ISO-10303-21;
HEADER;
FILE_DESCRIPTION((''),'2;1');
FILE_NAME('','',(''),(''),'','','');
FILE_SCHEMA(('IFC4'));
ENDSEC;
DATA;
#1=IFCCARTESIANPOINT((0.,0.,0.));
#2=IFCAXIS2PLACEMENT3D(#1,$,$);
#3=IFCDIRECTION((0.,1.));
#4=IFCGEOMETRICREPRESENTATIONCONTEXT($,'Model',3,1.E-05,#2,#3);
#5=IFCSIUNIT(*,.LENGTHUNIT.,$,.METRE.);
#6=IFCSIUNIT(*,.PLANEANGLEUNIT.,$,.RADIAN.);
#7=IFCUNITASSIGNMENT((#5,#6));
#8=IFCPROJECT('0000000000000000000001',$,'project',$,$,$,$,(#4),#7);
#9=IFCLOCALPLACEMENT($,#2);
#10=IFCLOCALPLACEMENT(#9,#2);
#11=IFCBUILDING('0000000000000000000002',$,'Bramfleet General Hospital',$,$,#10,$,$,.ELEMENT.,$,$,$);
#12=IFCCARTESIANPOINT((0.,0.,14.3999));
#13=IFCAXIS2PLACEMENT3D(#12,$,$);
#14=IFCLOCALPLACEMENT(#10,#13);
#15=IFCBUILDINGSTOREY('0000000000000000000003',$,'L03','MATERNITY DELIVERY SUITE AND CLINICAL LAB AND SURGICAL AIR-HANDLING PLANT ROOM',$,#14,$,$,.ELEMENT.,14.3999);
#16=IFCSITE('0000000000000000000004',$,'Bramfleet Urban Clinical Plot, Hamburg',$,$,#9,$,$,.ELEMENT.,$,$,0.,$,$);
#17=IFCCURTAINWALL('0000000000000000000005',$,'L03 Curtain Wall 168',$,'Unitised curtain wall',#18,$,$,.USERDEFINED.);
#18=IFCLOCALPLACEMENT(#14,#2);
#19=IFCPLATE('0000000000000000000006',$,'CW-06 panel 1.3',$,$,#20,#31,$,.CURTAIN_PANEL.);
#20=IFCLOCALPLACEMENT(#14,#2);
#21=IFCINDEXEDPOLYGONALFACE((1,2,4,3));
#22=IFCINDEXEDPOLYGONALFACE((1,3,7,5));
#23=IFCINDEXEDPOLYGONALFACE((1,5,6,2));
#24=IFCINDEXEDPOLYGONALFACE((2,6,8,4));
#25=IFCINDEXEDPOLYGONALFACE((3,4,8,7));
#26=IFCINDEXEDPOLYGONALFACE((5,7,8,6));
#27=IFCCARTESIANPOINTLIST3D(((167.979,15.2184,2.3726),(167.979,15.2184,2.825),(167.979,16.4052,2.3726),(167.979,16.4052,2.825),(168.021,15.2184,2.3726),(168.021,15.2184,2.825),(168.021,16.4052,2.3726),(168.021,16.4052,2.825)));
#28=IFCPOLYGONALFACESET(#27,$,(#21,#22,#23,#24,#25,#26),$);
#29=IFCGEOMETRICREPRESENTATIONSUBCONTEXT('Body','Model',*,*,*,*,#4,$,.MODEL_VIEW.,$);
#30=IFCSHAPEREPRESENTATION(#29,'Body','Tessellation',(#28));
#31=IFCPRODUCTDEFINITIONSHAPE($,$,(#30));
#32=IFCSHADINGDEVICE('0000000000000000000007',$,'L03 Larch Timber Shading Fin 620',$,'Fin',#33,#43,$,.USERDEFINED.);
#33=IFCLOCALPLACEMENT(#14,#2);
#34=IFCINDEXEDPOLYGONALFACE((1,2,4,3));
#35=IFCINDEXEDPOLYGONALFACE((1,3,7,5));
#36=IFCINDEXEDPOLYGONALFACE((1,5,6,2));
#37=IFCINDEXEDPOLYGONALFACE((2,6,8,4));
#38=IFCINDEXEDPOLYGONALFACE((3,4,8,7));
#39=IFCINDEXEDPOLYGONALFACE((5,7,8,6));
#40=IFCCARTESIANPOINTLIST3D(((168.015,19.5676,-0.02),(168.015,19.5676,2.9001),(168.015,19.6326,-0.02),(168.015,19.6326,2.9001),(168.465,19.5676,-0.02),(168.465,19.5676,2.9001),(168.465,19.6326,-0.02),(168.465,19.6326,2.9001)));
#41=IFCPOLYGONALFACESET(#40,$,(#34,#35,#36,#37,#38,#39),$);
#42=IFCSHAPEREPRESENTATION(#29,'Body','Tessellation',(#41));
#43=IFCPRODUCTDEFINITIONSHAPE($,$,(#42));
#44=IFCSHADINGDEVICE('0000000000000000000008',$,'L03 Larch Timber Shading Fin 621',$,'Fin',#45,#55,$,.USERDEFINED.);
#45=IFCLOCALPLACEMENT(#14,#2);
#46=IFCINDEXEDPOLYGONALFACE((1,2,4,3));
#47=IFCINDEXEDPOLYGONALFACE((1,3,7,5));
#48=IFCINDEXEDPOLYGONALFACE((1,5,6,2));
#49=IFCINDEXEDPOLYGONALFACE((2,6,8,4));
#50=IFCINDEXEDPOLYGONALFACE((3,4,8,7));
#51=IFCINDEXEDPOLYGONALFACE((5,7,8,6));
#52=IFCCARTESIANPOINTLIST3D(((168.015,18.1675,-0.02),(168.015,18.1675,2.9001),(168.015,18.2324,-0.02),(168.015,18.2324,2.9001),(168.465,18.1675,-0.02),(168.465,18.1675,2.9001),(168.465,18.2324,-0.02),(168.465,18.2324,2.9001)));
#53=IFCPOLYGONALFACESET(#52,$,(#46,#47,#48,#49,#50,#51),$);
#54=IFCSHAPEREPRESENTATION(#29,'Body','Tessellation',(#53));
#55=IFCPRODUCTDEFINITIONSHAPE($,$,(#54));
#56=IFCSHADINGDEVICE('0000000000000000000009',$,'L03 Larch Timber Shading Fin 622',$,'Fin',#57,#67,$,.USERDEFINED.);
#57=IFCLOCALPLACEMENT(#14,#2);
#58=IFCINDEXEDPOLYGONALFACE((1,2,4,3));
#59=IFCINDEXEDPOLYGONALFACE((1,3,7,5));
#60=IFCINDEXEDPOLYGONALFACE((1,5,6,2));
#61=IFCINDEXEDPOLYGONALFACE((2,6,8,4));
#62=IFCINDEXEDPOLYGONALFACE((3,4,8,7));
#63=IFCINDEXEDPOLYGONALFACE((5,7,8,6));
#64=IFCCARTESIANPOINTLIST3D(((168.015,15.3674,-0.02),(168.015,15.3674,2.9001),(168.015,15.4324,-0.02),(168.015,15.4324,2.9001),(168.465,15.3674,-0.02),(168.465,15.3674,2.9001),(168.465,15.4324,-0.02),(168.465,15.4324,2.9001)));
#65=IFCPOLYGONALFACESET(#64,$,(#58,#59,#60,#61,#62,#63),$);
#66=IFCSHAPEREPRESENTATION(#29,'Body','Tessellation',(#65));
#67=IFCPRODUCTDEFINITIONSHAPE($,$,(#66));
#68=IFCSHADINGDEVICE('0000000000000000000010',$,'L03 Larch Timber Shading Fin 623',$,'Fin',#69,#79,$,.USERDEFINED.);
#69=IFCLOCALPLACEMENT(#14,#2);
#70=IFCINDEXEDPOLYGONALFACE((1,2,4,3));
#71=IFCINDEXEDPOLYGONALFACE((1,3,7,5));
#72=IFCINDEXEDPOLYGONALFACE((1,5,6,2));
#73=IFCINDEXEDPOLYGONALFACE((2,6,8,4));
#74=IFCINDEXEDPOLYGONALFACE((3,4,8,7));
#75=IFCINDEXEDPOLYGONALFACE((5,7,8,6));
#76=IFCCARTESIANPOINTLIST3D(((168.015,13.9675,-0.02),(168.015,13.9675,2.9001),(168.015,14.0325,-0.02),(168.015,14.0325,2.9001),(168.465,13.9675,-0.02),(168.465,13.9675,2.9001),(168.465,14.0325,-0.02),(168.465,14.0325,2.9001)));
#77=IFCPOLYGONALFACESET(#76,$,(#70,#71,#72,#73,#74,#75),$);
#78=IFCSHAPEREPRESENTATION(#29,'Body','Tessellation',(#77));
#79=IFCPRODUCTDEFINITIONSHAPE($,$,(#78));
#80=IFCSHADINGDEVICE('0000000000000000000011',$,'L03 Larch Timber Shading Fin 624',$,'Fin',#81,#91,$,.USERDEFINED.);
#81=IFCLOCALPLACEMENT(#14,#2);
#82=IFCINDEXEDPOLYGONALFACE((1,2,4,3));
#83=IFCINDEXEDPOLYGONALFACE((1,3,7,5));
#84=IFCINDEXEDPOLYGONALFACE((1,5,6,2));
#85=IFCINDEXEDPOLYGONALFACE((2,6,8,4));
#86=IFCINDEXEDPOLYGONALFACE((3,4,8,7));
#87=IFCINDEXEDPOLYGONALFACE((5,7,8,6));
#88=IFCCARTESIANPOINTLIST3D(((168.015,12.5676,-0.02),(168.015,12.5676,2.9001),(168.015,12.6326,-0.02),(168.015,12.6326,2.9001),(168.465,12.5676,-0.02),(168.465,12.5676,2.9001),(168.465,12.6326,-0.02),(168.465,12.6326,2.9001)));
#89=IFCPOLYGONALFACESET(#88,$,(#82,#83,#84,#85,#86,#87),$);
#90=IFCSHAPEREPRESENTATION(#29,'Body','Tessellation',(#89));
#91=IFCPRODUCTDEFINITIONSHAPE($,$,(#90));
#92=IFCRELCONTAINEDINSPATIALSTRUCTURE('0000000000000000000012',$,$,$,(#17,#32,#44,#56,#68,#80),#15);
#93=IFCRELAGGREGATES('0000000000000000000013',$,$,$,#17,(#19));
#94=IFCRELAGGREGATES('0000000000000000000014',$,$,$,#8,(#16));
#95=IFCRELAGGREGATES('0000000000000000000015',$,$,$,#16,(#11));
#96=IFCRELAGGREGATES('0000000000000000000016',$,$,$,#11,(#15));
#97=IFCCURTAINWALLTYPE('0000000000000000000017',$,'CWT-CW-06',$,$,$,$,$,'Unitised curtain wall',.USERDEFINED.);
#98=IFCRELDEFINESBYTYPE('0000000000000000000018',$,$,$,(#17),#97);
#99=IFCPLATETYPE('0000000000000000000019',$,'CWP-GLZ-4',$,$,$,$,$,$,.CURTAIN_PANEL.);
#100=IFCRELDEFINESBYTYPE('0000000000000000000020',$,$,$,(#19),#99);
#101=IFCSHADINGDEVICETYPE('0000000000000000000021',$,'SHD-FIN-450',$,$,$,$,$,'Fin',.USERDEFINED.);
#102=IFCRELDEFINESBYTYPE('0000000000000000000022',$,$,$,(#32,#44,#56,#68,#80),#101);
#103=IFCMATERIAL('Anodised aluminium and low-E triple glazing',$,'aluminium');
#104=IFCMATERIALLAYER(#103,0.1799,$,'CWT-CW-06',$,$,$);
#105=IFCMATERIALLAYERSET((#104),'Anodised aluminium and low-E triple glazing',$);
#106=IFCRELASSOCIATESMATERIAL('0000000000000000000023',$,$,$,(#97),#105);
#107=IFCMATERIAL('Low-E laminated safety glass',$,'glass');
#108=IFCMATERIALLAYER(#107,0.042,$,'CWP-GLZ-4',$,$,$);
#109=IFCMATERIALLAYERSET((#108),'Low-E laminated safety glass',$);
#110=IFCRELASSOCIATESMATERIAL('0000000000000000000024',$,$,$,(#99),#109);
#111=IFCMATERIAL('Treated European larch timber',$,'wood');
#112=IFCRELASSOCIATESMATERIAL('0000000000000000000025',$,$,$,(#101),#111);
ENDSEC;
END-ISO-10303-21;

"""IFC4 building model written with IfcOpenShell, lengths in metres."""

from ifc_helpers import new_model, si_unit, direction, frame, origin, origin_2d, place, context, subcontext, project, spatial, rectangle, extrude, material, layer, layer_set, material_profile, profile_set, type_object, element, aggregate, save


model = new_model("IFC4")

# Units and contexts
model_context = context("Model", 3, precision=1e-05, world=origin(), true_north=direction((0.0, 1.0)))
body_context = subcontext(model_context, "Body", "Model", "MODEL_VIEW")
ifc_project = project(units=[si_unit("LENGTHUNIT", "METRE"), si_unit("PLANEANGLEUNIT", "RADIAN")], contexts=[model_context])

# Site, building, storey
site_placement = place(None, origin())
site = spatial("IfcSite", under=ifc_project, at=site_placement, Name="Bramfleet Urban Clinical Plot, Hamburg", CompositionType="ELEMENT", RefElevation=0.0)
building_placement = place(site_placement, origin())
building = spatial("IfcBuilding", under=site, at=building_placement, Name="Bramfleet General Hospital", CompositionType="ELEMENT")
storey_placement = place(building_placement, frame((0.0, 0.0, 14.3999)))
storey = spatial("IfcBuildingStorey", under=building, at=storey_placement, Name="L03", Description="MATERNITY DELIVERY SUITE AND CLINICAL LAB AND SURGICAL AIR-HANDLING PLANT ROOM", CompositionType="ELEMENT", Elevation=14.3999)

# Curtain wall
ifc_material_1 = material(Name="Anodised aluminium and low-E triple glazing", Category="aluminium")
ifc_layer_1 = layer(ifc_material_1, 0.1799, Name="CWT-CW-06")
ifc_layer_set_1 = layer_set([ifc_layer_1], Name="Anodised aluminium and low-E triple glazing")
curtain_wall_type_1 = type_object("IfcCurtainWallType", Name="CWT-CW-06", ElementType="Unitised curtain wall", PredefinedType="USERDEFINED", material=ifc_layer_set_1)
curtain_wall_1_placement = place(storey_placement, origin())
curtain_wall_1 = element("IfcCurtainWall", 1, at=curtain_wall_1_placement, inside=storey, type_object=curtain_wall_type_1, Name="L03 Curtain Wall 168", ObjectType="Unitised curtain wall", PredefinedType="USERDEFINED")

# Plate
ifc_material_2 = material(Name="Low-E laminated safety glass", Category="glass")
ifc_layer_2 = layer(ifc_material_2, 0.042, Name="CWP-GLZ-4")
ifc_layer_set_2 = layer_set([ifc_layer_2], Name="Low-E laminated safety glass")
plate_type_1 = type_object("IfcPlateType", Name="CWP-GLZ-4", PredefinedType="CURTAIN_PANEL", material=ifc_layer_set_2)
plate_1_placement = place(storey_placement, frame((168.0, 15.8118, 2.3726), z_axis=(0.0, 0.0, 1.0), x_axis=(0.0, -1.0, 0.0)))
plate_1 = element("IfcPlate", 2, at=plate_1_placement, type_object=plate_type_1, Name="CW-06 panel 1.3", PredefinedType="CURTAIN_PANEL", context=body_context, shape_type="SweptSolid", body=[
    extrude(rectangle(XDim=1.1868, YDim=0.042, at=origin_2d()), origin(), (0.0, 0.0, 1.0), 0.4524),
])
aggregate(curtain_wall_1, [plate_1])

# Shading devices
ifc_material_3 = material(Name="Treated European larch timber", Category="wood")
ifc_material_profile_1 = material_profile(ifc_material_3, rectangle(XDim=0.0649, YDim=0.45, at=origin_2d()), Name="LARCH FIN 450x65")
ifc_profile_set_1 = profile_set([ifc_material_profile_1], Name="Treated European larch timber")
shading_device_type = type_object("IfcShadingDeviceType", Name="SHD-FIN-450", ElementType="Fin", PredefinedType="USERDEFINED", material=ifc_profile_set_1)
for number, where, z_axis, x_axis, name in (
    (3, (168.24, 19.6001, -0.02), (0.0, 0.0, 1.0), (0.0, -1.0, 0.0), "L03 Larch Timber Shading Fin 620"),
    (4, (168.24, 18.2, -0.02), (0.0, 0.0, 1.0), (0.0, -1.0, 0.0), "L03 Larch Timber Shading Fin 621"),
    (5, (168.24, 15.3999, -0.02), (0.0, 0.0, 1.0), (0.0, -1.0, 0.0), "L03 Larch Timber Shading Fin 622"),
    (6, (168.24, 14.0, -0.02), (0.0, 0.0, 1.0), (0.0, -1.0, 0.0), "L03 Larch Timber Shading Fin 623"),
    (7, (168.24, 12.6001, -0.02), (0.0, 0.0, 1.0), (0.0, -1.0, 0.0), "L03 Larch Timber Shading Fin 624"),
):
    element("IfcShadingDevice", number, at=place(storey_placement, frame(where, z_axis=z_axis, x_axis=x_axis)), inside=storey, type_object=shading_device_type, Name=name, ObjectType="Fin", PredefinedType="USERDEFINED", context=body_context, shape_type="SweptSolid", body=[
        extrude(rectangle(XDim=0.0649, YDim=0.45, at=origin_2d()), origin(), (0.0, 0.0, 1.0), 2.9202),
    ])

save(model, "model.ifc")
